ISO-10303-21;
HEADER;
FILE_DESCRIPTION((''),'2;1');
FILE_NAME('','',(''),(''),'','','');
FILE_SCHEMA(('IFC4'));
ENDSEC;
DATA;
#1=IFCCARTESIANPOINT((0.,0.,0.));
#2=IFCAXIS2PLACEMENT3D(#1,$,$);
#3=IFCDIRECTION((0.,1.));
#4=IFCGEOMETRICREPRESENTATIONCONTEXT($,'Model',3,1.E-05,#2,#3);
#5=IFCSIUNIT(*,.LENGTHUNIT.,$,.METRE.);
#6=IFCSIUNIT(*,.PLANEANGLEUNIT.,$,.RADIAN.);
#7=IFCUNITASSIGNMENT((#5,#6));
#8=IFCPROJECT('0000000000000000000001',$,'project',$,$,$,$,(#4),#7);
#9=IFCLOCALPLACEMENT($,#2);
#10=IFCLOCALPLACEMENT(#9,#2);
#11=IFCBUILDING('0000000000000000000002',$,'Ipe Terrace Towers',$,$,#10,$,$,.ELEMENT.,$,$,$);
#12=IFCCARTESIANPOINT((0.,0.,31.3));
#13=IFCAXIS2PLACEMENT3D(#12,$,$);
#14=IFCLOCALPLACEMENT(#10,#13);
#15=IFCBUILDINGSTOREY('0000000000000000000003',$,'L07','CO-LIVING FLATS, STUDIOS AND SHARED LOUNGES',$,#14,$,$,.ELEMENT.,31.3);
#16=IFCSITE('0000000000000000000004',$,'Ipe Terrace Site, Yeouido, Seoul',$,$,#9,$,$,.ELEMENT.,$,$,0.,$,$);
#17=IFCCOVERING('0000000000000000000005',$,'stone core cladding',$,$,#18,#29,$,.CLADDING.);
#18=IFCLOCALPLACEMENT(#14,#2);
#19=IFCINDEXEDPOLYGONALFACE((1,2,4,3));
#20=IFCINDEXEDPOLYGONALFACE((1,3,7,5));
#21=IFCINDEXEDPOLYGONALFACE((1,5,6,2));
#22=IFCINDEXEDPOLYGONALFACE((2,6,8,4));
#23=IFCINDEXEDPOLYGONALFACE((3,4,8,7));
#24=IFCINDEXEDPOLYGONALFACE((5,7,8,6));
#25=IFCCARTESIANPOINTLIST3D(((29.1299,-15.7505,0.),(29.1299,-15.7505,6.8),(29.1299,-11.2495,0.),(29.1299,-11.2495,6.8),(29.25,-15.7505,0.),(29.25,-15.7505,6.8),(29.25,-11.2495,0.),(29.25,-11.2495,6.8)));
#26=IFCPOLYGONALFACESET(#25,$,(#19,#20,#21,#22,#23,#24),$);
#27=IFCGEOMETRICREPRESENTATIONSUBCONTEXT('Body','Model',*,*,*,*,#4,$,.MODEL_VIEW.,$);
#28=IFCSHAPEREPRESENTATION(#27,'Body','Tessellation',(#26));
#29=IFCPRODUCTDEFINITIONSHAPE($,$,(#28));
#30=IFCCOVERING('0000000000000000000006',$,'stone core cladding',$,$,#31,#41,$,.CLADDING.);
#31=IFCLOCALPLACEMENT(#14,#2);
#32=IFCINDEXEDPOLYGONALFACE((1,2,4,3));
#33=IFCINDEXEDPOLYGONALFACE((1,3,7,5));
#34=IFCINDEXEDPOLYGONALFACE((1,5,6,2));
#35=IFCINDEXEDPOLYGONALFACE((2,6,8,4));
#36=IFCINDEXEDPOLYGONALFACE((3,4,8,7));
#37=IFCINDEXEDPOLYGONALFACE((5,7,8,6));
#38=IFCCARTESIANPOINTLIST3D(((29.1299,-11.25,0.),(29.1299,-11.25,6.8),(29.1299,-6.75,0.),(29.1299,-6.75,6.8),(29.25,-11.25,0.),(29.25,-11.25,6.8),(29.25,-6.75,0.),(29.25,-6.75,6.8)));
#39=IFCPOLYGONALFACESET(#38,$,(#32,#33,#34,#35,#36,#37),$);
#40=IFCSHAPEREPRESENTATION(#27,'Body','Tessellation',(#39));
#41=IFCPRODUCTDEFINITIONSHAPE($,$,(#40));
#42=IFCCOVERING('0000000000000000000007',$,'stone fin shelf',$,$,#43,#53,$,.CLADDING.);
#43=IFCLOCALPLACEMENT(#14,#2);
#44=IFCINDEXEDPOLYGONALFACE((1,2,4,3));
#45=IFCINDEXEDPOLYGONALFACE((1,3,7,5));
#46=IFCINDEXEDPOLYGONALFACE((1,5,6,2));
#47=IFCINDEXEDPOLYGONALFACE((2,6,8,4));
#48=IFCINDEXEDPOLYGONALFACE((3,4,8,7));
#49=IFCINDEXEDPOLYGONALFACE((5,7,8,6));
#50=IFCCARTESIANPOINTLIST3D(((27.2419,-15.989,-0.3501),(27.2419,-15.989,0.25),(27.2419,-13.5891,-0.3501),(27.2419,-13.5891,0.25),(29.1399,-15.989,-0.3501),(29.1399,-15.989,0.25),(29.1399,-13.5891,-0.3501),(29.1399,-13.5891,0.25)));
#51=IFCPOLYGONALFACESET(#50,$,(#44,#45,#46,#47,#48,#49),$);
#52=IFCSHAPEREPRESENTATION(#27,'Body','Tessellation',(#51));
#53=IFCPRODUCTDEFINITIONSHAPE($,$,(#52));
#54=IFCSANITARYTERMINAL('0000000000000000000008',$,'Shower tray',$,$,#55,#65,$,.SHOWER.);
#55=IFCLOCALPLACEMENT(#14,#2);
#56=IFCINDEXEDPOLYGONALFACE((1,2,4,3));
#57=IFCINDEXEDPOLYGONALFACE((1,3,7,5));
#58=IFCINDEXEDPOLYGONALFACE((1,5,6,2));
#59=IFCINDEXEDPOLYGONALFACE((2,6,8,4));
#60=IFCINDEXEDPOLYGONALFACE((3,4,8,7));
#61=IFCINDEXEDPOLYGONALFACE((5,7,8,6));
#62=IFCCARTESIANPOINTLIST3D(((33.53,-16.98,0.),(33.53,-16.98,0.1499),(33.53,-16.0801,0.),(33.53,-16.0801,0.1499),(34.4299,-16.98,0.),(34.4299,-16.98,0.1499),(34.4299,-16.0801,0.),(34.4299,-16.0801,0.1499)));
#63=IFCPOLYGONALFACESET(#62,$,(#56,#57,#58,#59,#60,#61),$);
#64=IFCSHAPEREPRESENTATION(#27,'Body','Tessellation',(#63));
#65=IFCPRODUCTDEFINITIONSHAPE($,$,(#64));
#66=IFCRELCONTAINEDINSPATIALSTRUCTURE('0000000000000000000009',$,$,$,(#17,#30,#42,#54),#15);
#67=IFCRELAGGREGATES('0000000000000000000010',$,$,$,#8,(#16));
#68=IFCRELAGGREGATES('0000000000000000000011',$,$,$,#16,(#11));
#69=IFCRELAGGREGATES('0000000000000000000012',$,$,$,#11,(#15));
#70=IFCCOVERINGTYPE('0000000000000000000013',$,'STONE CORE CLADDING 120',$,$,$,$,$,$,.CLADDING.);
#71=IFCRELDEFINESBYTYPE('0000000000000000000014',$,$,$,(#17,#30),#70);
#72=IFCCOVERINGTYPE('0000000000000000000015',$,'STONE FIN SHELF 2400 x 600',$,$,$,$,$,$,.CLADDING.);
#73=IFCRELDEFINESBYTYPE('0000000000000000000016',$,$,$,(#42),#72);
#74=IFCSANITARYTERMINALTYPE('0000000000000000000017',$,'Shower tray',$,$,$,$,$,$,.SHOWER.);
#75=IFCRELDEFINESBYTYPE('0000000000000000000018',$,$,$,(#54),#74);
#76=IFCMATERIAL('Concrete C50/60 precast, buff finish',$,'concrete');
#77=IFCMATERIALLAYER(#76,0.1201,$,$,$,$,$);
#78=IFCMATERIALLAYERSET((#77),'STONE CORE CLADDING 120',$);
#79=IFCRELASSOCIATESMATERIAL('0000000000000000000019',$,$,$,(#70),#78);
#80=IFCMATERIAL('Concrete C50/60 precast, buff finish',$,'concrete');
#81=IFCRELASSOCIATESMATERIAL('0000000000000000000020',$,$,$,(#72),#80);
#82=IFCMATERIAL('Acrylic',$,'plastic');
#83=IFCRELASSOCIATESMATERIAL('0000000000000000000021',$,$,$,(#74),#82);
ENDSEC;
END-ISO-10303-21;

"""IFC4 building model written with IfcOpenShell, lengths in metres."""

from ifc_helpers import new_model, si_unit, direction, frame, origin, origin_2d, place, context, subcontext, project, spatial, rectangle, extrude, material, layer, layer_set, type_object, element, save


model = new_model("IFC4")

# Units and contexts
model_context = context("Model", 3, precision=1e-05, world=origin(), true_north=direction((0.0, 1.0)))
body_context = subcontext(model_context, "Body", "Model", "MODEL_VIEW")
ifc_project = project(units=[si_unit("LENGTHUNIT", "METRE"), si_unit("PLANEANGLEUNIT", "RADIAN")], contexts=[model_context])

# Site, building, storey
site_placement = place(None, origin())
site = spatial("IfcSite", under=ifc_project, at=site_placement, Name="Ipe Terrace Site, Yeouido, Seoul", CompositionType="ELEMENT", RefElevation=0.0)
building_placement = place(site_placement, origin())
building = spatial("IfcBuilding", under=site, at=building_placement, Name="Ipe Terrace Towers", CompositionType="ELEMENT")
storey_placement = place(building_placement, frame((0.0, 0.0, 31.3)))
storey = spatial("IfcBuildingStorey", under=building, at=storey_placement, Name="L07", Description="CO-LIVING FLATS, STUDIOS AND SHARED LOUNGES", CompositionType="ELEMENT", Elevation=31.3)

# Coverings
ifc_material_1 = material(Name="Concrete C50/60 precast, buff finish", Category="concrete")
ifc_layer_1 = layer(ifc_material_1, 0.1201)
ifc_layer_set_1 = layer_set([ifc_layer_1], Name="STONE CORE CLADDING 120")
covering_type_1 = type_object("IfcCoveringType", Name="STONE CORE CLADDING 120", PredefinedType="CLADDING", material=ifc_layer_set_1)
covering_1_placement = place(storey_placement, frame((29.1899, -13.5, 0.0), z_axis=(0.0, 0.0, 1.0), x_axis=(0.0, -1.0, 0.0)))
element("IfcCovering", 1, at=covering_1_placement, inside=storey, type_object=covering_type_1, Name="stone core cladding", PredefinedType="CLADDING", context=body_context, shape_type="SweptSolid", body=[
    extrude(rectangle(XDim=4.501, YDim=0.1201, at=origin_2d()), origin(), (0.0, 0.0, 1.0), 6.8),
])
covering_2_placement = place(storey_placement, frame((29.1899, -9.0, 0.0), z_axis=(0.0, 0.0, 1.0), x_axis=(0.0, -1.0, 0.0)))
element("IfcCovering", 2, at=covering_2_placement, inside=storey, type_object=covering_type_1, Name="stone core cladding", PredefinedType="CLADDING", context=body_context, shape_type="SweptSolid", body=[
    extrude(rectangle(XDim=4.5, YDim=0.1201, at=origin_2d()), origin(), (0.0, 0.0, 1.0), 6.8),
])
ifc_material_2 = material(Name="Concrete C50/60 precast, buff finish", Category="concrete")
covering_type_2 = type_object("IfcCoveringType", Name="STONE FIN SHELF 2400 x 600", PredefinedType="CLADDING", material=ifc_material_2)
covering_3_placement = place(storey_placement, frame((28.1909, -14.7891, -0.3501), z_axis=(0.0, 0.0, 1.0), x_axis=(0.0, -1.0, 0.0)))
element("IfcCovering", 3, at=covering_3_placement, inside=storey, type_object=covering_type_2, Name="stone fin shelf", PredefinedType="CLADDING", context=body_context, shape_type="SweptSolid", body=[
    extrude(rectangle(XDim=2.3999, YDim=1.8979, at=origin_2d()), origin(), (0.0, 0.0, 1.0), 0.6001),
])

# Sanitary terminal
ifc_material_3 = material(Name="Acrylic", Category="plastic")
sanitary_terminal_type = type_object("IfcSanitaryTerminalType", Name="Shower tray", PredefinedType="SHOWER", material=ifc_material_3)
sanitary_terminal_placement = place(storey_placement, frame((33.98, -16.53, 0.0), z_axis=(0.0, 0.0, 1.0), x_axis=(-1.0, 0.0, 0.0)))
element("IfcSanitaryTerminal", 4, at=sanitary_terminal_placement, inside=storey, type_object=sanitary_terminal_type, Name="Shower tray", PredefinedType="SHOWER", context=body_context, shape_type="SweptSolid", body=[
    extrude(rectangle(XDim=0.8999, YDim=0.8999, at=origin_2d()), origin(), (0.0, 0.0, 1.0), 0.1499),
])

save(model, "model.ifc")
